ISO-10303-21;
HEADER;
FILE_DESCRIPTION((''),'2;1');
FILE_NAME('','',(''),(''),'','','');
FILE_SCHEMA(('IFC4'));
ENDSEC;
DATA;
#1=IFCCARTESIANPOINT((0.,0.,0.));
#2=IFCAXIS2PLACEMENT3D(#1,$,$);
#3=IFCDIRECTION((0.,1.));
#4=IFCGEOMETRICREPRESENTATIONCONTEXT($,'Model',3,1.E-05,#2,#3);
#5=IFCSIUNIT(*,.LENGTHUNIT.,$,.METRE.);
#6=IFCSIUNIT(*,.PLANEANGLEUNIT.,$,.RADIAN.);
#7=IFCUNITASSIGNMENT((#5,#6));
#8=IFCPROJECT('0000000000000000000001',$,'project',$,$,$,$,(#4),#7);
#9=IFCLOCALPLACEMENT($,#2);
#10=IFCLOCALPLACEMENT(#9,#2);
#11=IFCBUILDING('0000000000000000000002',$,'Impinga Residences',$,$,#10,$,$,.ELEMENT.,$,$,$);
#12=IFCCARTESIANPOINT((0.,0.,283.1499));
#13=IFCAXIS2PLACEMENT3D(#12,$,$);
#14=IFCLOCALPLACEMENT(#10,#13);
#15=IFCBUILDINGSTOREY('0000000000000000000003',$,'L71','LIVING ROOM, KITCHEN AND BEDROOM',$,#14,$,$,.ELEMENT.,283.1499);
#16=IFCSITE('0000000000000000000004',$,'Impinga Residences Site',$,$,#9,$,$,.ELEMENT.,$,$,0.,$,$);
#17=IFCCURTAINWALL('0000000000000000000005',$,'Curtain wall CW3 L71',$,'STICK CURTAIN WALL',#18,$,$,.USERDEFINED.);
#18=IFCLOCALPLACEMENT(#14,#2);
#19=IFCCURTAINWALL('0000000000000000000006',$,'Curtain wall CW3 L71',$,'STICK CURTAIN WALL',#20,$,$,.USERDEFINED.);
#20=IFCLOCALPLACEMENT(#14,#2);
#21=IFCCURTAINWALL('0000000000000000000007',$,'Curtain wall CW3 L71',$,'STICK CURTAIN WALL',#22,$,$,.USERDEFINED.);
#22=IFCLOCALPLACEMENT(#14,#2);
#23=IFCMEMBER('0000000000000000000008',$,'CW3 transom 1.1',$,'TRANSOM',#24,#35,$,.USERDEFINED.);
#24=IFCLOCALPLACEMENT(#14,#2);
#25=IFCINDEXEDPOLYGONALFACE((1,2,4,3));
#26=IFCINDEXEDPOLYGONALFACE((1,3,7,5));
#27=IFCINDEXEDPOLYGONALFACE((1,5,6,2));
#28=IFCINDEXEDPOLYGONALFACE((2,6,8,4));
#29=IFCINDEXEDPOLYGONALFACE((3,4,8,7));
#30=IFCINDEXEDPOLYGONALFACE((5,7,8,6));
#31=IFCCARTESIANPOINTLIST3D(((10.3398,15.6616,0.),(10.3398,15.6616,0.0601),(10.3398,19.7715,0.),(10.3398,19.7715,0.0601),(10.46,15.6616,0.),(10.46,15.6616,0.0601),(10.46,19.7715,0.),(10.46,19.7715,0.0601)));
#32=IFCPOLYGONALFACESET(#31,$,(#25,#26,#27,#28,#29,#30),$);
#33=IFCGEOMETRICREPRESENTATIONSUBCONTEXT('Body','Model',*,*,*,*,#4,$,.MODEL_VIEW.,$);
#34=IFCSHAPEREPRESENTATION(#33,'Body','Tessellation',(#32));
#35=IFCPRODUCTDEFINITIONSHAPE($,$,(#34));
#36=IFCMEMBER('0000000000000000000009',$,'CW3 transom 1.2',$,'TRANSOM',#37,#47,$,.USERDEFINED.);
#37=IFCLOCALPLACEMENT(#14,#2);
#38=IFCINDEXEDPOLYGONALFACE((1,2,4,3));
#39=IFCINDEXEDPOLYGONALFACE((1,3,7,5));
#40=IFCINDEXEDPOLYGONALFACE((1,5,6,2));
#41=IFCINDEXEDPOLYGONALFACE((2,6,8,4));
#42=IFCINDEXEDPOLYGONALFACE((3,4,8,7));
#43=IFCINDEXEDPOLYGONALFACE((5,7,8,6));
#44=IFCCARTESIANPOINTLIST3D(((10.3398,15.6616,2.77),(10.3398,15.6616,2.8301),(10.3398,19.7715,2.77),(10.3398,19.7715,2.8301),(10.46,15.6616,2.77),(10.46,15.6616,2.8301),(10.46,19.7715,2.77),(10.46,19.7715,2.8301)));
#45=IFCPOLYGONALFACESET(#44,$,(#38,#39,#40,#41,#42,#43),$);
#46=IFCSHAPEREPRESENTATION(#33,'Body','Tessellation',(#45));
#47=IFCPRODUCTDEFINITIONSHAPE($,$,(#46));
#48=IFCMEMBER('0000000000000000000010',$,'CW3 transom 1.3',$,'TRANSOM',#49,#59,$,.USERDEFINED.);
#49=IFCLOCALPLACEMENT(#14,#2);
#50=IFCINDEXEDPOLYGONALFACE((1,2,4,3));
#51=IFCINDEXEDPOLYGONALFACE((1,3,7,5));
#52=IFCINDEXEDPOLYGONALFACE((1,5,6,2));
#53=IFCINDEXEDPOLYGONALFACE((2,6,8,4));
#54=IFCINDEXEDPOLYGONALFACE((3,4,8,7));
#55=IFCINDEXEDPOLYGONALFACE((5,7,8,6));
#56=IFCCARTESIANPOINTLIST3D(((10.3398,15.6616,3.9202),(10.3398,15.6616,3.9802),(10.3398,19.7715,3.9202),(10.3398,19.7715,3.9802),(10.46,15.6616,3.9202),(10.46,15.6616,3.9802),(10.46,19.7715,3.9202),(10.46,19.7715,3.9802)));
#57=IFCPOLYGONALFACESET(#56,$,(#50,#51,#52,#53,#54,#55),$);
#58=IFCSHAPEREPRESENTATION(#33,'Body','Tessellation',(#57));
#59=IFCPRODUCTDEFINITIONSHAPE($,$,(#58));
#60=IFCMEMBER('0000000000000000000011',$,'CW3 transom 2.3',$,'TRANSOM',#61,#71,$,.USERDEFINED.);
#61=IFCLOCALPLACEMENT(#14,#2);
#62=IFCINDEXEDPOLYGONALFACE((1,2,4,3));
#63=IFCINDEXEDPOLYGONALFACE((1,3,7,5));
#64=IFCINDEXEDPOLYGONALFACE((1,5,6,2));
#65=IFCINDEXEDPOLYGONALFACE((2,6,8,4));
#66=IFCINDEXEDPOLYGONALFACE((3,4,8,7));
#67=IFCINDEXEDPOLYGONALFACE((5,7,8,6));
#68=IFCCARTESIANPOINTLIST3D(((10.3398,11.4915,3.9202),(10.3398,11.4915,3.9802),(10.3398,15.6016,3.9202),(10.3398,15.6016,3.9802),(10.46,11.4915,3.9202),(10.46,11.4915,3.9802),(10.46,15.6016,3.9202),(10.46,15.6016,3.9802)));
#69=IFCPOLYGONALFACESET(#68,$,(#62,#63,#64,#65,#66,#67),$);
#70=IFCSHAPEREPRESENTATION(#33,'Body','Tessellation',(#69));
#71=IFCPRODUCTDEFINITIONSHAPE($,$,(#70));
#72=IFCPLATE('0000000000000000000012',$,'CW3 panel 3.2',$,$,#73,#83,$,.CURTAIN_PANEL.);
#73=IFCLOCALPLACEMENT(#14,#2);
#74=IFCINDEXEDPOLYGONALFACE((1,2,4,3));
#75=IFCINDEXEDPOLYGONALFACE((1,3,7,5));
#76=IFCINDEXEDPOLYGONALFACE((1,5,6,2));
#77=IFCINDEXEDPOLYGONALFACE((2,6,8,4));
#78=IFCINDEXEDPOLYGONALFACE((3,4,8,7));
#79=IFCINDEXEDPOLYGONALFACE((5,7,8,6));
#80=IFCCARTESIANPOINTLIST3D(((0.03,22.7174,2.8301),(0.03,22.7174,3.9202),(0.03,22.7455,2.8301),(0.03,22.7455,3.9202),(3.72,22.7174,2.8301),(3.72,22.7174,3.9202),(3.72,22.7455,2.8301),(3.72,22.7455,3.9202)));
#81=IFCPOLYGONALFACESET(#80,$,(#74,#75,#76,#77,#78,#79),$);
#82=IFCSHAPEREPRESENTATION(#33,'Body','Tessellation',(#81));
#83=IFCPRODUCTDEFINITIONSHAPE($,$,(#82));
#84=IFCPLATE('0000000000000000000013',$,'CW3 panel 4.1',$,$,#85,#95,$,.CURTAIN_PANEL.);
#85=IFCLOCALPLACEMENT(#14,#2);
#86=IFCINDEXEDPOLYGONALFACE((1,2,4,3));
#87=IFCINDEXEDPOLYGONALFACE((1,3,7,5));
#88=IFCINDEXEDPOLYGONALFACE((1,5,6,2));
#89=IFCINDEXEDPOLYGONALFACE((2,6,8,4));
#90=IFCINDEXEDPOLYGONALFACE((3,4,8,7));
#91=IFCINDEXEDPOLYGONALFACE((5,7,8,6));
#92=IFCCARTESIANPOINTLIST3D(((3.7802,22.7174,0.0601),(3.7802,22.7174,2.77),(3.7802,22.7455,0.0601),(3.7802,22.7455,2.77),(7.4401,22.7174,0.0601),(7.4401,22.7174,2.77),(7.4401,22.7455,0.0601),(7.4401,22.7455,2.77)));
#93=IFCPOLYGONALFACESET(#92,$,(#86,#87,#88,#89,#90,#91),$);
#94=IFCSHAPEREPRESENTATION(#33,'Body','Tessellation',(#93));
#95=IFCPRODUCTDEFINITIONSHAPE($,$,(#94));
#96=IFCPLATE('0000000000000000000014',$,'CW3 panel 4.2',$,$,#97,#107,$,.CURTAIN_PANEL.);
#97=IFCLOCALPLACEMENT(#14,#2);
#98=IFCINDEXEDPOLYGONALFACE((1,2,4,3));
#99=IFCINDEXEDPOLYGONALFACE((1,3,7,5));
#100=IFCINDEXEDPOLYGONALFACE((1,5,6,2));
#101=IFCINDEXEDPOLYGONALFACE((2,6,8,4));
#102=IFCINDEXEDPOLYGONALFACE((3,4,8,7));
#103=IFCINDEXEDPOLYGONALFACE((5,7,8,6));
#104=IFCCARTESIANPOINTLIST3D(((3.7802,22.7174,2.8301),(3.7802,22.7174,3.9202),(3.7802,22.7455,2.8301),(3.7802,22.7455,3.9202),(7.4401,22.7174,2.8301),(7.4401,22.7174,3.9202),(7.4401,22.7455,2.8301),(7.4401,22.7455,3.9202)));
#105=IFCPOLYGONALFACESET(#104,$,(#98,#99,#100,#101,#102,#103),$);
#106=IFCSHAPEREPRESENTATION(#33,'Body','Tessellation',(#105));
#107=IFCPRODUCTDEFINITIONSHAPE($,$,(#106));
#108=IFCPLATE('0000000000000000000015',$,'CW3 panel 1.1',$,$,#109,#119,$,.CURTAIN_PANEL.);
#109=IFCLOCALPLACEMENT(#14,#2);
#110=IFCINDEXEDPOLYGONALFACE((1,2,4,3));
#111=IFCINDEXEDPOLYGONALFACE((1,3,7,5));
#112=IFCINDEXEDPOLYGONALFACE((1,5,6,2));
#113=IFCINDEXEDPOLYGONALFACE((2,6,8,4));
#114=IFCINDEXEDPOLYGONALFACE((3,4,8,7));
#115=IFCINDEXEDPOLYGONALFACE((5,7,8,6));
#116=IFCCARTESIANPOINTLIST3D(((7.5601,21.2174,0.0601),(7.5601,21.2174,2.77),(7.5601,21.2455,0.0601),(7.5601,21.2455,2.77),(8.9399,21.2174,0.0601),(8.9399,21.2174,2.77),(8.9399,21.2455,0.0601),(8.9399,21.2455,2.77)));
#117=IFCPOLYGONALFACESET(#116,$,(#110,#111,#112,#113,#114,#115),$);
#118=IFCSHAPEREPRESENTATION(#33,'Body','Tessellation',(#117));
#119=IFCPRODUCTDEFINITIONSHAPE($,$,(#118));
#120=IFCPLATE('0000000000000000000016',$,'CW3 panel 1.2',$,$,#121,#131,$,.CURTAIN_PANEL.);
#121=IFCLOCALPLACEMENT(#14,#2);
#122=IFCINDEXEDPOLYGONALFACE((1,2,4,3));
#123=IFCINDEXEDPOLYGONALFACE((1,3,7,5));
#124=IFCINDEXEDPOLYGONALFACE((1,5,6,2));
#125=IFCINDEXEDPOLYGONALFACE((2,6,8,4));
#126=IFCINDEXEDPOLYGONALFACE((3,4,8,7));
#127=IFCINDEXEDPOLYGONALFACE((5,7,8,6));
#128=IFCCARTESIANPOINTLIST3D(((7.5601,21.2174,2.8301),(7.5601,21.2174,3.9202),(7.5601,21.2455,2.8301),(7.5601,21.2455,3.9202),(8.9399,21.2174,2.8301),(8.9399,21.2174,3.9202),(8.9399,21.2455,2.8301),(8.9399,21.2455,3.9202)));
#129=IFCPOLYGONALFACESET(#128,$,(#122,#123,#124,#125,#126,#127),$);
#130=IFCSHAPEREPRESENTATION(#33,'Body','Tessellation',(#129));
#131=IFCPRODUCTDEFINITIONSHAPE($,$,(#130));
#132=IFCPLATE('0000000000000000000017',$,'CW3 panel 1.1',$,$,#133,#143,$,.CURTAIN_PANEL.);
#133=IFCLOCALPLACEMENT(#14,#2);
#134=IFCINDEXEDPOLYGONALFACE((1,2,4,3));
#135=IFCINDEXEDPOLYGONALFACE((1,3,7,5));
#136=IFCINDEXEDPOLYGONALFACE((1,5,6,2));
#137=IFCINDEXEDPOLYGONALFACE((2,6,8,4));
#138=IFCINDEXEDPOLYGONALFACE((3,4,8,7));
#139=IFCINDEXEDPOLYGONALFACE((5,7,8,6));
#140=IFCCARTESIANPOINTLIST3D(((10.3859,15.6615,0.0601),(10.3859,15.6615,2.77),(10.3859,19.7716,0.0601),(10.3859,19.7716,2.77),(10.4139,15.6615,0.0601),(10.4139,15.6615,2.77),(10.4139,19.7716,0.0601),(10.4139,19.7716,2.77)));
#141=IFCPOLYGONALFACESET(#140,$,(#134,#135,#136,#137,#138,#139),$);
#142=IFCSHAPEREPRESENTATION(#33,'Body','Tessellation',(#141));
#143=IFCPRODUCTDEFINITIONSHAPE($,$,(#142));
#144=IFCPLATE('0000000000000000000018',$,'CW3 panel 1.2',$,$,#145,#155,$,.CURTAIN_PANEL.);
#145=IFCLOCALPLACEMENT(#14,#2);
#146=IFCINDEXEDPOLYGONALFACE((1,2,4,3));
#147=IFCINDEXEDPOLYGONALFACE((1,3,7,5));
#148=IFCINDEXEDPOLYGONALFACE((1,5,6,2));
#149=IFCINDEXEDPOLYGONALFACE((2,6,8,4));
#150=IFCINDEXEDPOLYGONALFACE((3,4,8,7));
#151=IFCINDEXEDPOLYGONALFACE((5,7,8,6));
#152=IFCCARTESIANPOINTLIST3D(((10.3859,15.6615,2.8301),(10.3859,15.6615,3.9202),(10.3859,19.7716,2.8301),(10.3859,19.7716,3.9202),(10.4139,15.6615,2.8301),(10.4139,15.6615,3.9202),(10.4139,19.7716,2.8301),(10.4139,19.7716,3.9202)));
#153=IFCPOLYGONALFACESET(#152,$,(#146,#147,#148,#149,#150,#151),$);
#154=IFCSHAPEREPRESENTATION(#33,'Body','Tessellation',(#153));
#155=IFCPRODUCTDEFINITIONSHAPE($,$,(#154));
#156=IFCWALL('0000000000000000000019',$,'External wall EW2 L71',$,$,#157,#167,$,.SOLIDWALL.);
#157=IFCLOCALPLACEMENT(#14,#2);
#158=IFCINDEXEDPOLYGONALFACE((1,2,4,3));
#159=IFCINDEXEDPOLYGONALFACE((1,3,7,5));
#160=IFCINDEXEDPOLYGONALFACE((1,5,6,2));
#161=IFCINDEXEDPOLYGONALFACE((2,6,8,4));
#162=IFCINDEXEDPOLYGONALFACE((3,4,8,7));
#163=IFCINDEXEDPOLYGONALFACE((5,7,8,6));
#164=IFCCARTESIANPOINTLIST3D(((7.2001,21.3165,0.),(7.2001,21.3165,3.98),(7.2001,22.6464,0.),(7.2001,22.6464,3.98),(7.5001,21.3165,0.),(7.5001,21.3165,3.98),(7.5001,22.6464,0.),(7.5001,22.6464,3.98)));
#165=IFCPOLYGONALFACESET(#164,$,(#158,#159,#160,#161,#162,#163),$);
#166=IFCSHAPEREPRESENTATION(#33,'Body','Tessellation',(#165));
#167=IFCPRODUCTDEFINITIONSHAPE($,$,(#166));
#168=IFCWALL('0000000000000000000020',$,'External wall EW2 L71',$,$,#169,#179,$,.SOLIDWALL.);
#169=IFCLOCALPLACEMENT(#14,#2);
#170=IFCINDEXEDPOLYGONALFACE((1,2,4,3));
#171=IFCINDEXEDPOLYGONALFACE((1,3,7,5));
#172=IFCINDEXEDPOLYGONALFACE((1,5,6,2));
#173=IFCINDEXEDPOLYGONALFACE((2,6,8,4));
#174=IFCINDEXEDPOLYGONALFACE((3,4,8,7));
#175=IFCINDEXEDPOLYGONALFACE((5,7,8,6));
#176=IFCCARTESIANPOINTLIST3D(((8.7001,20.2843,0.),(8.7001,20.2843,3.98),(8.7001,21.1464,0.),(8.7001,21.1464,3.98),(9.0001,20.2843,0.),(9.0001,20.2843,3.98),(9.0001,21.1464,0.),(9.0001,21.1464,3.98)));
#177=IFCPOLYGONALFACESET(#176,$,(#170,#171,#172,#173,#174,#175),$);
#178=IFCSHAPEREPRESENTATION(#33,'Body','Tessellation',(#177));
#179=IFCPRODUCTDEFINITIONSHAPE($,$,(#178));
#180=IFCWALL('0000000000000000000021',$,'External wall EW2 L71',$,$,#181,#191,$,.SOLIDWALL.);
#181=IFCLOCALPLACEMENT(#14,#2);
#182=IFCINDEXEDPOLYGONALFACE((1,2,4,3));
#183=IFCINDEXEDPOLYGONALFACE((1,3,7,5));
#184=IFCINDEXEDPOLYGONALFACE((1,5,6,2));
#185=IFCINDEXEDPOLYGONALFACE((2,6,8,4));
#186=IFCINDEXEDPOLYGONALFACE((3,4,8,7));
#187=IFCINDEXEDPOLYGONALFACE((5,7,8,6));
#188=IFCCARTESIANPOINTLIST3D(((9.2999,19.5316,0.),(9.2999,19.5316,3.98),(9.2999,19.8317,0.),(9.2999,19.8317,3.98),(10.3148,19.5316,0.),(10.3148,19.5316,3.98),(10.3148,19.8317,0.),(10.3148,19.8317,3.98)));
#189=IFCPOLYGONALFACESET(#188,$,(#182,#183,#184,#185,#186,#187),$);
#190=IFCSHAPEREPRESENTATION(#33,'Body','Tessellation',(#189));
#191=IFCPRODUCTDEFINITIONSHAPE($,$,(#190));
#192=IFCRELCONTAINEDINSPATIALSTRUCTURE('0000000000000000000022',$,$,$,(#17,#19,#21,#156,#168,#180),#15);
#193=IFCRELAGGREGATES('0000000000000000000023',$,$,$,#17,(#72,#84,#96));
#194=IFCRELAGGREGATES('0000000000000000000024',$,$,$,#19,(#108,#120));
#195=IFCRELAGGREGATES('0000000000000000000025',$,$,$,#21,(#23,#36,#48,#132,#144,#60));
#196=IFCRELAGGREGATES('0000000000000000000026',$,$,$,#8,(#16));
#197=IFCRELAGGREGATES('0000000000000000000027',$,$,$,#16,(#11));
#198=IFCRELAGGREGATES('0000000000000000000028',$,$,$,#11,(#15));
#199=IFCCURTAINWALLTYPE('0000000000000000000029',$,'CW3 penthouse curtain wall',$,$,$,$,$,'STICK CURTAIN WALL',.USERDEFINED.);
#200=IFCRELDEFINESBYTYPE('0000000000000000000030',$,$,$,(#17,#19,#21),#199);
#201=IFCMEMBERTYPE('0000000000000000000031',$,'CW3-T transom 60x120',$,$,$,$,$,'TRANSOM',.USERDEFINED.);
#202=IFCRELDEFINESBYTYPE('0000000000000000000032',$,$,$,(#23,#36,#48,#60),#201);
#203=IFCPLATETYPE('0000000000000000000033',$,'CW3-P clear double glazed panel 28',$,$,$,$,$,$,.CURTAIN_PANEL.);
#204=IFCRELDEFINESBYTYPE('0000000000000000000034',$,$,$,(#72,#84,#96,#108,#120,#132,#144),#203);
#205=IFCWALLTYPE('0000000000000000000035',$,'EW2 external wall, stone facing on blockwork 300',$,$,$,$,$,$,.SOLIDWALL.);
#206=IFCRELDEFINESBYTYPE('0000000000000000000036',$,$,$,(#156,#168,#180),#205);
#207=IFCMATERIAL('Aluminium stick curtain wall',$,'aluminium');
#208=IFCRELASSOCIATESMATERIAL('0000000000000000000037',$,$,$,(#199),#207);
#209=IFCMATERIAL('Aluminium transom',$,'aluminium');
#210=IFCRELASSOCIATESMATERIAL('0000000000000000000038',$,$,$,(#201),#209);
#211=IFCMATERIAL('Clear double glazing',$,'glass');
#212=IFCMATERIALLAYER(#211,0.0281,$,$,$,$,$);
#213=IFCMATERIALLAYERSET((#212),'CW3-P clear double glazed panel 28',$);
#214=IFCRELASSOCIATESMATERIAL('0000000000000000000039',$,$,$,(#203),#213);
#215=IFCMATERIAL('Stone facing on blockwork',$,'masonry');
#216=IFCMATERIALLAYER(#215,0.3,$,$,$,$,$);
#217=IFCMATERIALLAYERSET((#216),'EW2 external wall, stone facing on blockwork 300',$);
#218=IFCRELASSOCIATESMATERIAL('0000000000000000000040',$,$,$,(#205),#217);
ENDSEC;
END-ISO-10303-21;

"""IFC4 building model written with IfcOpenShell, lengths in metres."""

from ifc_helpers import new_model, si_unit, direction, frame, frame_2d, origin, origin_2d, place, context, subcontext, project, spatial, rectangle, extrude, material, layer, layer_set, material_profile, profile_set, type_object, element, aggregate, save


model = new_model("IFC4")

# Units and contexts
model_context = context("Model", 3, precision=1e-05, world=origin(), true_north=direction((0.0, 1.0)))
body_context = subcontext(model_context, "Body", "Model", "MODEL_VIEW")
ifc_project = project(units=[si_unit("LENGTHUNIT", "METRE"), si_unit("PLANEANGLEUNIT", "RADIAN")], contexts=[model_context])

# Site, building, storey
site_placement = place(None, origin())
site = spatial("IfcSite", under=ifc_project, at=site_placement, Name="Impinga Residences Site", CompositionType="ELEMENT", RefElevation=0.0)
building_placement = place(site_placement, origin())
building = spatial("IfcBuilding", under=site, at=building_placement, Name="Impinga Residences", CompositionType="ELEMENT")
storey_placement = place(building_placement, frame((0.0, 0.0, 283.1499)))
storey = spatial("IfcBuildingStorey", under=building, at=storey_placement, Name="L71", Description="LIVING ROOM, KITCHEN AND BEDROOM", CompositionType="ELEMENT", Elevation=283.1499)

# Curtain walls
ifc_material_1 = material(Name="Aluminium stick curtain wall", Category="aluminium")
curtain_wall_type = type_object("IfcCurtainWallType", Name="CW3 penthouse curtain wall", ElementType="STICK CURTAIN WALL", PredefinedType="USERDEFINED", material=ifc_material_1)
curtain_wall_1_placement = place(storey_placement, origin())
curtain_wall_1 = element("IfcCurtainWall", 1, at=curtain_wall_1_placement, inside=storey, type_object=curtain_wall_type, Name="Curtain wall CW3 L71", ObjectType="STICK CURTAIN WALL", PredefinedType="USERDEFINED")
curtain_wall_2_placement = place(storey_placement, origin())
curtain_wall_2 = element("IfcCurtainWall", 2, at=curtain_wall_2_placement, inside=storey, type_object=curtain_wall_type, Name="Curtain wall CW3 L71", ObjectType="STICK CURTAIN WALL", PredefinedType="USERDEFINED")
curtain_wall_3_placement = place(storey_placement, origin())
curtain_wall_3 = element("IfcCurtainWall", 3, at=curtain_wall_3_placement, inside=storey, type_object=curtain_wall_type, Name="Curtain wall CW3 L71", ObjectType="STICK CURTAIN WALL", PredefinedType="USERDEFINED")

# Members
ifc_material_2 = material(Name="Aluminium transom", Category="aluminium")
ifc_material_profile_1 = material_profile(ifc_material_2, rectangle(XDim=0.0601, YDim=0.1201, at=origin_2d()), Name="60x120 transom")
ifc_profile_set_1 = profile_set([ifc_material_profile_1], Name="Aluminium transom")
member_type_1 = type_object("IfcMemberType", Name="CW3-T transom 60x120", ElementType="TRANSOM", PredefinedType="USERDEFINED", material=ifc_profile_set_1)
member_1_placement = place(storey_placement, frame((10.3999, 19.7715, 0.03), z_axis=(0.0, -1.0, 0.0), x_axis=(0.0, 0.0, 1.0)))
member_1 = element("IfcMember", 4, at=member_1_placement, type_object=member_type_1, Name="CW3 transom 1.1", ObjectType="TRANSOM", PredefinedType="USERDEFINED", context=body_context, shape_type="SweptSolid", body=[
    extrude(rectangle(XDim=0.0601, YDim=0.1201, at=origin_2d()), origin(), (0.0, 0.0, 1.0), 4.1099),
])
member_2_placement = place(storey_placement, frame((10.3999, 19.7715, 2.8), z_axis=(0.0, -1.0, 0.0), x_axis=(0.0, 0.0, 1.0)))
member_2 = element("IfcMember", 5, at=member_2_placement, type_object=member_type_1, Name="CW3 transom 1.2", ObjectType="TRANSOM", PredefinedType="USERDEFINED", context=body_context, shape_type="SweptSolid", body=[
    extrude(rectangle(XDim=0.0601, YDim=0.1201, at=origin_2d()), origin(), (0.0, 0.0, 1.0), 4.1099),
])
member_3_placement = place(storey_placement, frame((10.3999, 19.7715, 3.9502), z_axis=(0.0, -1.0, 0.0), x_axis=(0.0, 0.0, 1.0)))
member_3 = element("IfcMember", 6, at=member_3_placement, type_object=member_type_1, Name="CW3 transom 1.3", ObjectType="TRANSOM", PredefinedType="USERDEFINED", context=body_context, shape_type="SweptSolid", body=[
    extrude(rectangle(XDim=0.0601, YDim=0.1201, at=origin_2d()), origin(), (0.0, 0.0, 1.0), 4.1099),
])
member_4_placement = place(storey_placement, frame((10.3999, 15.6016, 3.9502), z_axis=(0.0, -1.0, 0.0), x_axis=(0.0, 0.0, 1.0)))
member_4 = element("IfcMember", 7, at=member_4_placement, type_object=member_type_1, Name="CW3 transom 2.3", ObjectType="TRANSOM", PredefinedType="USERDEFINED", context=body_context, shape_type="SweptSolid", body=[
    extrude(rectangle(XDim=0.0601, YDim=0.1201, at=origin_2d()), origin(), (0.0, 0.0, 1.0), 4.1101),
])

# Plates
ifc_material_3 = material(Name="Clear double glazing", Category="glass")
ifc_layer_1 = layer(ifc_material_3, 0.0281)
ifc_layer_set_1 = layer_set([ifc_layer_1], Name="CW3-P clear double glazed panel 28")
plate_type = type_object("IfcPlateType", Name="CW3-P clear double glazed panel 28", PredefinedType="CURTAIN_PANEL", material=ifc_layer_set_1)
plate_1_placement = place(storey_placement, frame((1.875, 22.7314, 2.8301), z_axis=(0.0, 0.0, 1.0), x_axis=(1.0, 0.0, 0.0)))
plate_1 = element("IfcPlate", 8, at=plate_1_placement, type_object=plate_type, Name="CW3 panel 3.2", PredefinedType="CURTAIN_PANEL", context=body_context, shape_type="SweptSolid", body=[
    extrude(rectangle(XDim=3.6899, YDim=0.0281, at=origin_2d()), origin(), (0.0, 0.0, 1.0), 1.0901),
])
plate_2_placement = place(storey_placement, frame((5.6101, 22.7314, 0.0601), z_axis=(0.0, 0.0, 1.0), x_axis=(1.0, 0.0, 0.0)))
plate_2 = element("IfcPlate", 9, at=plate_2_placement, type_object=plate_type, Name="CW3 panel 4.1", PredefinedType="CURTAIN_PANEL", context=body_context, shape_type="SweptSolid", body=[
    extrude(rectangle(XDim=3.6599, YDim=0.0281, at=origin_2d()), origin(), (0.0, 0.0, 1.0), 2.71),
])
plate_3_placement = place(storey_placement, frame((5.6101, 22.7314, 2.8301), z_axis=(0.0, 0.0, 1.0), x_axis=(1.0, 0.0, 0.0)))
plate_3 = element("IfcPlate", 10, at=plate_3_placement, type_object=plate_type, Name="CW3 panel 4.2", PredefinedType="CURTAIN_PANEL", context=body_context, shape_type="SweptSolid", body=[
    extrude(rectangle(XDim=3.6599, YDim=0.0281, at=origin_2d()), origin(), (0.0, 0.0, 1.0), 1.0901),
])
aggregate(curtain_wall_1, [plate_1, plate_2, plate_3])
plate_4_placement = place(storey_placement, frame((8.25, 21.2314, 0.0601), z_axis=(0.0, 0.0, 1.0), x_axis=(1.0, 0.0, 0.0)))
plate_4 = element("IfcPlate", 11, at=plate_4_placement, type_object=plate_type, Name="CW3 panel 1.1", PredefinedType="CURTAIN_PANEL", context=body_context, shape_type="SweptSolid", body=[
    extrude(rectangle(XDim=1.3799, YDim=0.0281, at=origin_2d()), origin(), (0.0, 0.0, 1.0), 2.71),
])
plate_5_placement = place(storey_placement, frame((8.25, 21.2314, 2.8301), z_axis=(0.0, 0.0, 1.0), x_axis=(1.0, 0.0, 0.0)))
plate_5 = element("IfcPlate", 12, at=plate_5_placement, type_object=plate_type, Name="CW3 panel 1.2", PredefinedType="CURTAIN_PANEL", context=body_context, shape_type="SweptSolid", body=[
    extrude(rectangle(XDim=1.3799, YDim=0.0281, at=origin_2d()), origin(), (0.0, 0.0, 1.0), 1.0901),
])
aggregate(curtain_wall_2, [plate_4, plate_5])
plate_6_placement = place(storey_placement, frame((10.3999, 17.7166, 0.0601), z_axis=(0.0, 0.0, 1.0), x_axis=(0.0, -1.0, 0.0)))
plate_6 = element("IfcPlate", 13, at=plate_6_placement, type_object=plate_type, Name="CW3 panel 1.1", PredefinedType="CURTAIN_PANEL", context=body_context, shape_type="SweptSolid", body=[
    extrude(rectangle(XDim=4.1101, YDim=0.0281, at=origin_2d()), origin(), (0.0, 0.0, 1.0), 2.71),
])
plate_7_placement = place(storey_placement, frame((10.3999, 17.7166, 2.8301), z_axis=(0.0, 0.0, 1.0), x_axis=(0.0, -1.0, 0.0)))
plate_7 = element("IfcPlate", 14, at=plate_7_placement, type_object=plate_type, Name="CW3 panel 1.2", PredefinedType="CURTAIN_PANEL", context=body_context, shape_type="SweptSolid", body=[
    extrude(rectangle(XDim=4.1101, YDim=0.0281, at=origin_2d()), origin(), (0.0, 0.0, 1.0), 1.0901),
])
aggregate(curtain_wall_3, [member_1, member_2, member_3, plate_6, plate_7, member_4])

# Walls
ifc_material_4 = material(Name="Stone facing on blockwork", Category="masonry")
ifc_layer_2 = layer(ifc_material_4, 0.3)
ifc_layer_set_2 = layer_set([ifc_layer_2], Name="EW2 external wall, stone facing on blockwork 300")
wall_type_1 = type_object("IfcWallType", Name="EW2 external wall, stone facing on blockwork 300", PredefinedType="SOLIDWALL", material=ifc_layer_set_2)
wall_1_placement = place(storey_placement, frame((7.3501, 22.6465, 0.0), z_axis=(0.0, 0.0, 1.0), x_axis=(0.0, -1.0, 0.0)))
element("IfcWall", 15, at=wall_1_placement, inside=storey, type_object=wall_type_1, Name="External wall EW2 L71", PredefinedType="SOLIDWALL", context=body_context, shape_type="SweptSolid", body=[
    extrude(rectangle(XDim=1.3298, YDim=0.3, at=frame_2d((0.665, 0.0))), origin(), (0.0, 0.0, 1.0), 3.98),
])
wall_2_placement = place(storey_placement, frame((8.8501, 21.1465, 0.0), z_axis=(0.0, 0.0, 1.0), x_axis=(0.0, -1.0, 0.0)))
element("IfcWall", 16, at=wall_2_placement, inside=storey, type_object=wall_type_1, Name="External wall EW2 L71", PredefinedType="SOLIDWALL", context=body_context, shape_type="SweptSolid", body=[
    extrude(rectangle(XDim=0.8621, YDim=0.3, at=frame_2d((0.4312, 0.0))), origin(), (0.0, 0.0, 1.0), 3.98),
])
wall_3_placement = place(storey_placement, frame((9.3, 19.6816, 0.0), z_axis=(0.0, 0.0, 1.0), x_axis=(1.0, 0.0, 0.0)))
element("IfcWall", 17, at=wall_3_placement, inside=storey, type_object=wall_type_1, Name="External wall EW2 L71", PredefinedType="SOLIDWALL", context=body_context, shape_type="SweptSolid", body=[
    extrude(rectangle(XDim=1.0149, YDim=0.3, at=frame_2d((0.5073, 0.0))), origin(), (0.0, 0.0, 1.0), 3.98),
])

save(model, "model.ifc")
